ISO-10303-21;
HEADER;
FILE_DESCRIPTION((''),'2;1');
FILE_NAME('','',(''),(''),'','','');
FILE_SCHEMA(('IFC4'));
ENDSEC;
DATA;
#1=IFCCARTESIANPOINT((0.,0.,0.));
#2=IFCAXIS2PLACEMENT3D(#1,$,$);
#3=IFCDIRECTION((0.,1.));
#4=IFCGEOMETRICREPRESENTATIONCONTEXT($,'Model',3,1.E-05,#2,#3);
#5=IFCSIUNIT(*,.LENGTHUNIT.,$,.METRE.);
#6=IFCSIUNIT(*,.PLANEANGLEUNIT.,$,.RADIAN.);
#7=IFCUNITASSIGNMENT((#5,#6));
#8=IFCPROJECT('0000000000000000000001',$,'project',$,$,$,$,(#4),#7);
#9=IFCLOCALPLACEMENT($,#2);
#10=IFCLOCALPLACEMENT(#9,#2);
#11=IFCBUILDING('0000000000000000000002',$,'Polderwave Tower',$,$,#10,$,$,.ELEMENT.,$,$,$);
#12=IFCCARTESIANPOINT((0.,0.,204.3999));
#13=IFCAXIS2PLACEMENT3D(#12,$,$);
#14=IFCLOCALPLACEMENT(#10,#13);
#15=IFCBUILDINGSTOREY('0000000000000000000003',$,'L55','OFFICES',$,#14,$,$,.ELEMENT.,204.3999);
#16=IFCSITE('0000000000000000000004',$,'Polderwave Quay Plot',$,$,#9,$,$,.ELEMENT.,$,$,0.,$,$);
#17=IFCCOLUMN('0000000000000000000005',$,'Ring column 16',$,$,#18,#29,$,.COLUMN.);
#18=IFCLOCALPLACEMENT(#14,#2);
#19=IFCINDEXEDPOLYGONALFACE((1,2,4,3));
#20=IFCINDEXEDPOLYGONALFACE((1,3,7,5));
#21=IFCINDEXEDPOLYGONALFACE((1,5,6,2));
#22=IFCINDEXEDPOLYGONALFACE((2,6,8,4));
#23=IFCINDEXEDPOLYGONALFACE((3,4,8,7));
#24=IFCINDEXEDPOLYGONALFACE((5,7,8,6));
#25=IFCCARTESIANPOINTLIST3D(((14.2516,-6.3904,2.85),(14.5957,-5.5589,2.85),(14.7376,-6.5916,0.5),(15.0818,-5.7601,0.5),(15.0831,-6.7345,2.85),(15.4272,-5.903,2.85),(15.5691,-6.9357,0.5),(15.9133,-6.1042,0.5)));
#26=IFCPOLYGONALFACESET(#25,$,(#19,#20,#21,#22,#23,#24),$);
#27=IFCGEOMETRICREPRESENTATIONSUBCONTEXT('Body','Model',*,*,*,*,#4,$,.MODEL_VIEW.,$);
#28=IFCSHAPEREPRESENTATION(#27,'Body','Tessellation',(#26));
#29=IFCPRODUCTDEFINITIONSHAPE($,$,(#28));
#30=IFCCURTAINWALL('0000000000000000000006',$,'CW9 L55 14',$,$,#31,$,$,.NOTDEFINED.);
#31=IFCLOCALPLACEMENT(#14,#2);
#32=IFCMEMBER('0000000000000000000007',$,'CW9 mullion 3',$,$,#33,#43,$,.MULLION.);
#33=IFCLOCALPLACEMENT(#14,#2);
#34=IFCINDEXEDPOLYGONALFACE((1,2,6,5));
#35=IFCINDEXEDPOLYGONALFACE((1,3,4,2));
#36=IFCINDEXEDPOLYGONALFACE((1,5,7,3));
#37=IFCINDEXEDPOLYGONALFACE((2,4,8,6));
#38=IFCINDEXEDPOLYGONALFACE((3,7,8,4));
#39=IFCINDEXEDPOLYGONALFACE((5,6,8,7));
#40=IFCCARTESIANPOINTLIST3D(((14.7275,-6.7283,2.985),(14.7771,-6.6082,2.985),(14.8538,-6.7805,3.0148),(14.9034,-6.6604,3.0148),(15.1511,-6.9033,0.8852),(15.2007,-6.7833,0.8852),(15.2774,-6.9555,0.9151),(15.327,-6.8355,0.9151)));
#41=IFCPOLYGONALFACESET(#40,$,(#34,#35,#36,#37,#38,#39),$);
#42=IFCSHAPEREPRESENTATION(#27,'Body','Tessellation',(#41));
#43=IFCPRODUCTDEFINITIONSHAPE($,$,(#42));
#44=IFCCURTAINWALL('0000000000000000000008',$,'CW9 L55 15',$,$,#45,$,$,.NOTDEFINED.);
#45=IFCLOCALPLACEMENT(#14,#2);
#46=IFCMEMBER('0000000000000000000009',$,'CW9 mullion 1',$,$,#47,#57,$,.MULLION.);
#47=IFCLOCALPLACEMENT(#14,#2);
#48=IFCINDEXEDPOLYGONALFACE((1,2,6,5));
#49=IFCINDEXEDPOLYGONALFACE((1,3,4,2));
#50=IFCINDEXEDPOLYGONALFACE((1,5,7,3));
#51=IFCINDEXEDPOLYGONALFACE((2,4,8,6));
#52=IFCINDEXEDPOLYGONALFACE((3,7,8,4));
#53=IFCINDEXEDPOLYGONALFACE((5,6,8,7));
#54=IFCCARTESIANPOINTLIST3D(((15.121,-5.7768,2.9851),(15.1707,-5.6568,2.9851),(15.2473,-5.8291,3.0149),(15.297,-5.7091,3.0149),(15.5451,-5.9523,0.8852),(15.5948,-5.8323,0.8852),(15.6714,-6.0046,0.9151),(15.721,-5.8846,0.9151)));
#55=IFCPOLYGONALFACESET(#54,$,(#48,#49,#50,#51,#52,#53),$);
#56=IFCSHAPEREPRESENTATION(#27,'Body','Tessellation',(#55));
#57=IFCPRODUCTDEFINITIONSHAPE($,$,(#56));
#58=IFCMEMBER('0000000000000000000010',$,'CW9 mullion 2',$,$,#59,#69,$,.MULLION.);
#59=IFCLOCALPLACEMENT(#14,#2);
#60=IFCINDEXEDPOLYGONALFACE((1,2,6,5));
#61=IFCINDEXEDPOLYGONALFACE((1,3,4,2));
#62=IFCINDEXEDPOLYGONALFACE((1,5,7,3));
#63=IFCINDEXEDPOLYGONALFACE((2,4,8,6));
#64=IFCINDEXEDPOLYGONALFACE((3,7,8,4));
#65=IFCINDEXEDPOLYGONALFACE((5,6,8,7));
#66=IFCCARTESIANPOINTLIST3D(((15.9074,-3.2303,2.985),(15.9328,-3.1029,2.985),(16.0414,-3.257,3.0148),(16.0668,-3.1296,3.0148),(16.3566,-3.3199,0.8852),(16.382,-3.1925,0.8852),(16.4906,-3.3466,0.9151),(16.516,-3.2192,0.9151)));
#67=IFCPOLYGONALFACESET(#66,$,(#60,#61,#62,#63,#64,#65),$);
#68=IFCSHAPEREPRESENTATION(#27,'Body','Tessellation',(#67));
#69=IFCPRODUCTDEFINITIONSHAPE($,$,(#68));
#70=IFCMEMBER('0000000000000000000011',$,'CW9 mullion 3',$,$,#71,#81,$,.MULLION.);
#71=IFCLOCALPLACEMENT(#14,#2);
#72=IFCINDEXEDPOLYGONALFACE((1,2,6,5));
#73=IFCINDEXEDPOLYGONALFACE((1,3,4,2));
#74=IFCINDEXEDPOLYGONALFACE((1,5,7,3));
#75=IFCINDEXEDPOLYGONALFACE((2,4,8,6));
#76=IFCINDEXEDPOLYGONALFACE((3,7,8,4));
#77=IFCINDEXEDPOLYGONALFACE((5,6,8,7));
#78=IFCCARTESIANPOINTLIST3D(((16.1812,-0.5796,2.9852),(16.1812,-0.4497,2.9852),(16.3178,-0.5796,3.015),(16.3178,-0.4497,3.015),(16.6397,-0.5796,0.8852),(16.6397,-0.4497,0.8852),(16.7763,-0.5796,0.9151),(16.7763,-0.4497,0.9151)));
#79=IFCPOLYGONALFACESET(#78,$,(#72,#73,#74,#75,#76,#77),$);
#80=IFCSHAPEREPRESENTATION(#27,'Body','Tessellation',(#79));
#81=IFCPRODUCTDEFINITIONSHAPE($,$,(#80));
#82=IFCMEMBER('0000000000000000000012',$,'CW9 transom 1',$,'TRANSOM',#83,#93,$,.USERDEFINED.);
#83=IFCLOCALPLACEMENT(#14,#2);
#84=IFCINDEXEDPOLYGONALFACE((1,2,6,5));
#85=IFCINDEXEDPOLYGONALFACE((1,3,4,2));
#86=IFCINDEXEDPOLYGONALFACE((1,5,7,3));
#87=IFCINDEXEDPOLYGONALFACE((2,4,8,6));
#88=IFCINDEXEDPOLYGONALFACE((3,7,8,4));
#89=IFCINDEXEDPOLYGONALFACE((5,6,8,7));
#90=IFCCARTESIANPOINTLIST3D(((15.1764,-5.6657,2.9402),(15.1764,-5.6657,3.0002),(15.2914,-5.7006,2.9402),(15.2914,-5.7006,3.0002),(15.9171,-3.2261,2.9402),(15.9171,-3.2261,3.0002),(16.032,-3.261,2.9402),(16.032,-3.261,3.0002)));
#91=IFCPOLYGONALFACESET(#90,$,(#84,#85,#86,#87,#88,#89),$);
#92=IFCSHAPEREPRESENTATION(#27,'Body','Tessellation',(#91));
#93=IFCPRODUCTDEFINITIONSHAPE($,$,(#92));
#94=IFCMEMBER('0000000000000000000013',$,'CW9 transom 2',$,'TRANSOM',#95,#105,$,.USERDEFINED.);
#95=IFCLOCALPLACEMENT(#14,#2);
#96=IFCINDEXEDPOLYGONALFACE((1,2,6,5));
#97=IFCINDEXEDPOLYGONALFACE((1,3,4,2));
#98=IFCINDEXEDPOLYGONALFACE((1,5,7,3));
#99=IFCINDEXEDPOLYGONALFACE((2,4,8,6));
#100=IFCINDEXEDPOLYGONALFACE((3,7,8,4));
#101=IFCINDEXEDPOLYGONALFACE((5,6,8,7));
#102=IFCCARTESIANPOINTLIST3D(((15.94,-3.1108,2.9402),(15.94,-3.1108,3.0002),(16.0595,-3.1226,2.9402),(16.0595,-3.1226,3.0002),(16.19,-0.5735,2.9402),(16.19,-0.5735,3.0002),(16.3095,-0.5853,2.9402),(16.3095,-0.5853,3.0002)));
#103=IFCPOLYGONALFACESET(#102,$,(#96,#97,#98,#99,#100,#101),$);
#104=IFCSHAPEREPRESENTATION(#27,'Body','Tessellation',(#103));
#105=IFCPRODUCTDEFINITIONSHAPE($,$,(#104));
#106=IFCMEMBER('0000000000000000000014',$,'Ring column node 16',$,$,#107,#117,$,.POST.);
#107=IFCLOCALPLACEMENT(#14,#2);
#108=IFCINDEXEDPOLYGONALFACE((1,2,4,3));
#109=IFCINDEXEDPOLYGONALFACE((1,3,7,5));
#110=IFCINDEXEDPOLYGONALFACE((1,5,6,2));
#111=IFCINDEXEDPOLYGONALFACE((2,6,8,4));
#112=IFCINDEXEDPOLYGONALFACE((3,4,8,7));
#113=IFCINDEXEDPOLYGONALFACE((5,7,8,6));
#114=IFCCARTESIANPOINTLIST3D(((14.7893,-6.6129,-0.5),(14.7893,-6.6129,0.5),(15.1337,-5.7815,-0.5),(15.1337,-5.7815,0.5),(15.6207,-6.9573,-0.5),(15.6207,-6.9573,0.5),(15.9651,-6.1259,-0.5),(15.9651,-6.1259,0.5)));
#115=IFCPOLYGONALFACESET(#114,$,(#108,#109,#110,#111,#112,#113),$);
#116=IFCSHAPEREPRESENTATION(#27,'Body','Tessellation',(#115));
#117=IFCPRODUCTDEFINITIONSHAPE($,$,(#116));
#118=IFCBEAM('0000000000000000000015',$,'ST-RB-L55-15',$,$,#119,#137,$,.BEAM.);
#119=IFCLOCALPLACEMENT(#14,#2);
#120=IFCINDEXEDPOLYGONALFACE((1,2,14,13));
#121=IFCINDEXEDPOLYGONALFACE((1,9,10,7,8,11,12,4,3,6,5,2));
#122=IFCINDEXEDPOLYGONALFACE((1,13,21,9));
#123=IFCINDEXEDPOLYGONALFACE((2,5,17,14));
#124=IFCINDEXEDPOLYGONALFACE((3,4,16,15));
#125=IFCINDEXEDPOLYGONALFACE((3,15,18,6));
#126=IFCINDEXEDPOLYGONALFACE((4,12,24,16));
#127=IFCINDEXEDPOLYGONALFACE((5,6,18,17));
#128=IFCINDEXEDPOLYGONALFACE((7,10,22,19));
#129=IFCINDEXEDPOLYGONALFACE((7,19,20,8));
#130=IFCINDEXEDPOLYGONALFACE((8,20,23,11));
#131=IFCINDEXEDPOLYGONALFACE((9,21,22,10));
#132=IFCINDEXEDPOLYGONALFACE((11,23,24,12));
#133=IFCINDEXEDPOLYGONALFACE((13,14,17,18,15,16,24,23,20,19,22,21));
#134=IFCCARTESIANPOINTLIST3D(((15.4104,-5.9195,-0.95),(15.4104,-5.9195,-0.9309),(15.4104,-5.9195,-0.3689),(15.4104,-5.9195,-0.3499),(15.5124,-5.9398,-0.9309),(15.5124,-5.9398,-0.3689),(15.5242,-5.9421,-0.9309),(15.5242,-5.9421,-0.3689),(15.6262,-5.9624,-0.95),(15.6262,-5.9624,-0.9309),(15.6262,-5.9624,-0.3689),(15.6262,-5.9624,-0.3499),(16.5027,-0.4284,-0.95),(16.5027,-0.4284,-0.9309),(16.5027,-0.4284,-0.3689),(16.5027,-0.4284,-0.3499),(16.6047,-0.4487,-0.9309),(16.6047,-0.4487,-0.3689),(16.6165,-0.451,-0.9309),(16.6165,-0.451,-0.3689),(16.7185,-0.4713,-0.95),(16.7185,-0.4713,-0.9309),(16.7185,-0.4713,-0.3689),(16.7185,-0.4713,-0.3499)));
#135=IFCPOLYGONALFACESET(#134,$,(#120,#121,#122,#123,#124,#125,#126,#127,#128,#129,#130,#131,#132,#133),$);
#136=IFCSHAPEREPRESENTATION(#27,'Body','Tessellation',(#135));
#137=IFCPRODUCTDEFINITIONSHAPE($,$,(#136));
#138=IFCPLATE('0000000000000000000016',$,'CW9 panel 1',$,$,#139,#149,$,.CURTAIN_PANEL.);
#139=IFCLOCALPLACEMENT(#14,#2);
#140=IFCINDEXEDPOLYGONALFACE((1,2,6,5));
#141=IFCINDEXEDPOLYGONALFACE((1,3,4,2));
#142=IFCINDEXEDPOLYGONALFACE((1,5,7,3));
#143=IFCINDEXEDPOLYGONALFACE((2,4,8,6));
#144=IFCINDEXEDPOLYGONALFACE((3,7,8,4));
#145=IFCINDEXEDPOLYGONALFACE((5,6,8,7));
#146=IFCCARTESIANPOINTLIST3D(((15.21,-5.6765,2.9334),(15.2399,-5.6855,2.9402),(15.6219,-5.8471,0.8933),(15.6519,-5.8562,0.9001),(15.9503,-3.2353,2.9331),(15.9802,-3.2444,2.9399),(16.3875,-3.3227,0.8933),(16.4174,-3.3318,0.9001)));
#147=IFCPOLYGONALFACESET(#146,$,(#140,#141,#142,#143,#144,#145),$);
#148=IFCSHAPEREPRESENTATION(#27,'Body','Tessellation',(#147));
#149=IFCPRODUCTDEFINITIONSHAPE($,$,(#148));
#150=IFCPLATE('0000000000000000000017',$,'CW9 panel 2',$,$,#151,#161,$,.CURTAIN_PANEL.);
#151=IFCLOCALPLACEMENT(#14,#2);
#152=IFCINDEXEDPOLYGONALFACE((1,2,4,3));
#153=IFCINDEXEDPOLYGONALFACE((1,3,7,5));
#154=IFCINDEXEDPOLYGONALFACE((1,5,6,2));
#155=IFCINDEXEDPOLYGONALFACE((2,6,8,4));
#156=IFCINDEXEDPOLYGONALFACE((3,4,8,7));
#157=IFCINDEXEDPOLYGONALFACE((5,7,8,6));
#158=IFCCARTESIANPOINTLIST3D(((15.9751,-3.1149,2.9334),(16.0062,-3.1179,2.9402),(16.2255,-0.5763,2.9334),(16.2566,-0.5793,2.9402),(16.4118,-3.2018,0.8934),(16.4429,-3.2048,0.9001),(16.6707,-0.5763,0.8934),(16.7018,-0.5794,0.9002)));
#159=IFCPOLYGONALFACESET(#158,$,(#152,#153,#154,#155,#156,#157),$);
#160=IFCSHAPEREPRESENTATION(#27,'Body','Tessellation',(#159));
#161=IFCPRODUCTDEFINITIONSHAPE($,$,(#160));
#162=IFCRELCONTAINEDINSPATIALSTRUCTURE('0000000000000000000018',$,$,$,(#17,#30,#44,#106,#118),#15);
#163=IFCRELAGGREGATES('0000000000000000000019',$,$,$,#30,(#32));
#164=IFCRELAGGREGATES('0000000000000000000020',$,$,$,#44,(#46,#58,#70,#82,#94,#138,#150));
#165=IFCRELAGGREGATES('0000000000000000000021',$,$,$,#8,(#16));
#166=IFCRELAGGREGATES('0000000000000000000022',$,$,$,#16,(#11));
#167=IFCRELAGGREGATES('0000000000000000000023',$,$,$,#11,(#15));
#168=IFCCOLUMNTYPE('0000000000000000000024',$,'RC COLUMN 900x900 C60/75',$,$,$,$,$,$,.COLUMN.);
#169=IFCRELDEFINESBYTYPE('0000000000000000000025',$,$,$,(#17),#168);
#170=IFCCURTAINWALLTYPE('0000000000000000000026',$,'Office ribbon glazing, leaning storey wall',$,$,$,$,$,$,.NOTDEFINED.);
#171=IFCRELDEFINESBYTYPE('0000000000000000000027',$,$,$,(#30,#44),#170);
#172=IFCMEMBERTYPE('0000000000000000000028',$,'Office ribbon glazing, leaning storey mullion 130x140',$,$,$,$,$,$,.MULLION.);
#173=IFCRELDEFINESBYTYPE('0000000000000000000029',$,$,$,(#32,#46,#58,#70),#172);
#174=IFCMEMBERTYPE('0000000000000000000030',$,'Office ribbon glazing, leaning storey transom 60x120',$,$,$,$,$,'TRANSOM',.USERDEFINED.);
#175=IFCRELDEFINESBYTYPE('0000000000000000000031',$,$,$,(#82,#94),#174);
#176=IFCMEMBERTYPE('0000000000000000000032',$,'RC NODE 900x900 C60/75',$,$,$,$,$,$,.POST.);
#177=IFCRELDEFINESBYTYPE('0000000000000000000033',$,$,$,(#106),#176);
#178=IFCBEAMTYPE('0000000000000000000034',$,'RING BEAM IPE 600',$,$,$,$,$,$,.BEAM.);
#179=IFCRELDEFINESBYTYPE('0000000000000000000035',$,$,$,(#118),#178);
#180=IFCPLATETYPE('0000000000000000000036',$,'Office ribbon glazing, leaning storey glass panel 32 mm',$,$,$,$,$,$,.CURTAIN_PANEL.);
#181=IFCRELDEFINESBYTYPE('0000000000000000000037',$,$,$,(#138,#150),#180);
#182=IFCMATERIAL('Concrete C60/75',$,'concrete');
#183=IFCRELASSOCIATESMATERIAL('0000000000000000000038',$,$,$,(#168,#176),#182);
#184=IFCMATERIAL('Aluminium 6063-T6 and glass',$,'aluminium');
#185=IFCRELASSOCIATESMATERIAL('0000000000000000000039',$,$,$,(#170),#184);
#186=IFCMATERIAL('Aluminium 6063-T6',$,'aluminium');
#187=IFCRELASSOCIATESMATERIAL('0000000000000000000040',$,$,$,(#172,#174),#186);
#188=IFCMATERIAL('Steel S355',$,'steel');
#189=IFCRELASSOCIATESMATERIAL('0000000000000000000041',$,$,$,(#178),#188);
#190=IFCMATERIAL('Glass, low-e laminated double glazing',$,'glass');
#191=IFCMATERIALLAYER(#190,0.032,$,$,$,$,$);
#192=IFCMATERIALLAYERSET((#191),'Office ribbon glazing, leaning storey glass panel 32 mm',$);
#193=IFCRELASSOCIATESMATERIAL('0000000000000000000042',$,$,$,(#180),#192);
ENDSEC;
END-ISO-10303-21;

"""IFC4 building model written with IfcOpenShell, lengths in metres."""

from ifc_helpers import new_model, si_unit, direction, frame, origin, origin_2d, place, context, subcontext, project, spatial, polyline, rectangle, i_section, outline, extrude, material, layer, layer_set, material_profile, profile_set, type_object, element, aggregate, save


model = new_model("IFC4")

# Units and contexts
model_context = context("Model", 3, precision=1e-05, world=origin(), true_north=direction((0.0, 1.0)))
body_context = subcontext(model_context, "Body", "Model", "MODEL_VIEW")
ifc_project = project(units=[si_unit("LENGTHUNIT", "METRE"), si_unit("PLANEANGLEUNIT", "RADIAN")], contexts=[model_context])

# Site, building, storey
site_placement = place(None, origin())
site = spatial("IfcSite", under=ifc_project, at=site_placement, Name="Polderwave Quay Plot", CompositionType="ELEMENT", RefElevation=0.0)
building_placement = place(site_placement, origin())
building = spatial("IfcBuilding", under=site, at=building_placement, Name="Polderwave Tower", CompositionType="ELEMENT")
storey_placement = place(building_placement, frame((0.0, 0.0, 204.3999)))
storey = spatial("IfcBuildingStorey", under=building, at=storey_placement, Name="L55", Description="OFFICES", CompositionType="ELEMENT", Elevation=204.3999)

# Column
ifc_material_1 = material(Name="Concrete C60/75", Category="concrete")
ifc_material_profile_1 = material_profile(ifc_material_1, rectangle(XDim=0.8999, YDim=0.8999, at=origin_2d()), Name="RC 900x900")
ifc_profile_set_1 = profile_set([ifc_material_profile_1], Name="Concrete C60/75")
column_type = type_object("IfcColumnType", Name="RC COLUMN 900x900 C60/75", PredefinedType="COLUMN", material=ifc_profile_set_1)
column_placement = place(storey_placement, frame((15.3254, -6.3479, 0.5), z_axis=(0.0, 0.0, 1.0), x_axis=(-0.382406, -0.923994, 0.0)))
element("IfcColumn", 1, at=column_placement, inside=storey, type_object=column_type, Name="Ring column 16", PredefinedType="COLUMN", context=body_context, shape_type="SweptSolid", body=[
    extrude(rectangle(XDim=0.8999, YDim=0.8999, at=origin_2d()), origin(), (0.0, -0.218443, 0.97585), 2.4082),
])

# Curtain wall, member
ifc_material_2 = material(Name="Aluminium 6063-T6 and glass", Category="aluminium")
curtain_wall_type = type_object("IfcCurtainWallType", Name="Office ribbon glazing, leaning storey wall", PredefinedType="NOTDEFINED", material=ifc_material_2)
curtain_wall_1_placement = place(storey_placement, origin())
curtain_wall_1 = element("IfcCurtainWall", 2, at=curtain_wall_1_placement, inside=storey, type_object=curtain_wall_type, Name="CW9 L55 14", PredefinedType="NOTDEFINED")
ifc_material_3 = material(Name="Aluminium 6063-T6", Category="aluminium")
ifc_material_profile_2 = material_profile(ifc_material_3, rectangle(XDim=0.1299, YDim=0.1399, at=origin_2d()), Name="AL 130x140")
ifc_profile_set_2 = profile_set([ifc_material_profile_2], Name="Aluminium 6063-T6")
member_type_1 = type_object("IfcMemberType", Name="Office ribbon glazing, leaning storey mullion 130x140", PredefinedType="MULLION", material=ifc_profile_set_2)
member_1_placement = place(storey_placement, frame((15.239, -6.8694, 0.9001), z_axis=(-0.197081, 0.081445, 0.976998), x_axis=(-0.381928, -0.924192, 0.0)))
member_1 = element("IfcMember", 3, at=member_1_placement, type_object=member_type_1, Name="CW9 mullion 3", PredefinedType="MULLION", context=body_context, shape_type="SweptSolid", body=[
    extrude(rectangle(XDim=0.1299, YDim=0.1399, at=origin_2d()), origin(), (0.0, 0.0, 1.0), 2.1492),
])
aggregate(curtain_wall_1, [member_1])

# Curtain wall, members
curtain_wall_2_placement = place(storey_placement, origin())
curtain_wall_2 = element("IfcCurtainWall", 4, at=curtain_wall_2_placement, inside=storey, type_object=curtain_wall_type, Name="CW9 L55 15", PredefinedType="NOTDEFINED")
member_2_placement = place(storey_placement, frame((15.6331, -5.9185, 0.9001), z_axis=(-0.197296, 0.081667, 0.976937), x_axis=(-0.382461, -0.923971, 0.0)))
member_2 = element("IfcMember", 5, at=member_2_placement, type_object=member_type_1, Name="CW9 mullion 1", PredefinedType="MULLION", context=body_context, shape_type="SweptSolid", body=[
    extrude(rectangle(XDim=0.1299, YDim=0.1399, at=origin_2d()), origin(), (0.0, 0.0, 1.0), 2.1494),
])
member_3_placement = place(storey_placement, frame((16.4363, -3.2695, 0.9001), z_axis=(-0.209013, 0.041689, 0.977024), x_axis=(-0.195604, -0.980683, 0.0)))
member_3 = element("IfcMember", 6, at=member_3_placement, type_object=member_type_1, Name="CW9 mullion 2", PredefinedType="MULLION", context=body_context, shape_type="SweptSolid", body=[
    extrude(rectangle(XDim=0.1299, YDim=0.1399, at=origin_2d()), origin(), (0.0, 0.0, 1.0), 2.1492),
])
member_4_placement = place(storey_placement, frame((16.708, -0.5146, 0.9001), z_axis=(-0.213321, 0.0, 0.976982), x_axis=(0.0, -1.0, 0.0)))
member_4 = element("IfcMember", 7, at=member_4_placement, type_object=member_type_1, Name="CW9 mullion 3", PredefinedType="MULLION", context=body_context, shape_type="SweptSolid", body=[
    extrude(rectangle(XDim=0.1299, YDim=0.1399, at=origin_2d()), origin(), (0.0, 0.0, 1.0), 2.1494),
])
ifc_material_profile_3 = material_profile(ifc_material_3, rectangle(XDim=0.1201, YDim=0.0601, at=origin_2d()), Name="AL 60x120")
ifc_profile_set_3 = profile_set([ifc_material_profile_3], Name="Aluminium 6063-T6")
member_type_2 = type_object("IfcMemberType", Name="Office ribbon glazing, leaning storey transom 60x120", ElementType="TRANSOM", PredefinedType="USERDEFINED", material=ifc_profile_set_3)
member_5_placement = place(storey_placement, frame((15.2339, -5.6831, 2.9702), z_axis=(0.290518, 0.95687, 0.0), x_axis=(-0.95687, 0.290518, 0.0)))
member_5 = element("IfcMember", 8, at=member_5_placement, type_object=member_type_2, Name="CW9 transom 1", ObjectType="TRANSOM", PredefinedType="USERDEFINED", context=body_context, shape_type="SweptSolid", body=[
    extrude(rectangle(XDim=0.1201, YDim=0.0601, at=origin_2d()), origin(), (0.0, 0.0, 1.0), 2.5496),
])
member_6_placement = place(storey_placement, frame((15.9998, -3.1167, 2.9702), z_axis=(0.098053, 0.995181, 0.0), x_axis=(-0.995181, 0.098053, 0.0)))
member_6 = element("IfcMember", 9, at=member_6_placement, type_object=member_type_2, Name="CW9 transom 2", ObjectType="TRANSOM", PredefinedType="USERDEFINED", context=body_context, shape_type="SweptSolid", body=[
    extrude(rectangle(XDim=0.1201, YDim=0.0601, at=origin_2d()), origin(), (0.0, 0.0, 1.0), 2.5496),
])

# Member
ifc_material_profile_4 = material_profile(ifc_material_1, rectangle(XDim=0.8999, YDim=0.8999, at=origin_2d()), Name="RC 900x900")
ifc_profile_set_4 = profile_set([ifc_material_profile_4], Name="Concrete C60/75")
member_type_3 = type_object("IfcMemberType", Name="RC NODE 900x900 C60/75", PredefinedType="POST", material=ifc_profile_set_4)
member_7_placement = place(storey_placement, frame((15.3772, -6.3694, -0.5), z_axis=(0.0, 0.0, 1.0), x_axis=(0.92388, -0.382683, 0.0)))
element("IfcMember", 10, at=member_7_placement, inside=storey, type_object=member_type_3, Name="Ring column node 16", PredefinedType="POST", context=body_context, shape_type="SweptSolid", body=[
    extrude(rectangle(XDim=0.8999, YDim=0.8999, at=origin_2d()), origin(), (0.0, 0.0, 1.0), 1.0),
])

# Beam
ifc_material_4 = material(Name="Steel S355", Category="steel")
ifc_material_profile_5 = material_profile(ifc_material_4, i_section(OverallWidth=0.22, OverallDepth=0.6001, WebThickness=0.012, FlangeThickness=0.019, at=origin_2d()), Name="IPE 600")
ifc_profile_set_5 = profile_set([ifc_material_profile_5], Name="Steel S355")
beam_type = type_object("IfcBeamType", Name="RING BEAM IPE 600", PredefinedType="BEAM", material=ifc_profile_set_5)
beam_placement = place(storey_placement, frame((15.5183, -5.9409, -0.6499), z_axis=(0.195101, 0.980783, 0.0), x_axis=(-0.980783, 0.195101, 0.0)))
element("IfcBeam", 11, at=beam_placement, inside=storey, type_object=beam_type, Name="ST-RB-L55-15", PredefinedType="BEAM", context=body_context, shape_type="SweptSolid", body=[
    extrude(i_section(OverallWidth=0.22, OverallDepth=0.6001, WebThickness=0.012, FlangeThickness=0.019, at=origin_2d()), origin(), (0.0, 0.0, 1.0), 5.5986),
])

# Plates
ifc_material_5 = material(Name="Glass, low-e laminated double glazing", Category="glass")
ifc_layer_1 = layer(ifc_material_5, 0.032)
ifc_layer_set_1 = layer_set([ifc_layer_1], Name="Office ribbon glazing, leaning storey glass panel 32 mm")
plate_type = type_object("IfcPlateType", Name="Office ribbon glazing, leaning storey glass panel 32 mm", PredefinedType="CURTAIN_PANEL", material=ifc_layer_set_1)
plate_1_placement = place(storey_placement, frame((15.6519, -5.8562, 0.9001), z_axis=(0.935099, -0.283567, 0.212555), x_axis=(0.2902, 0.956966, -0.000008)))
plate_1 = element("IfcPlate", 12, at=plate_1_placement, type_object=plate_type, Name="CW9 panel 1", PredefinedType="CURTAIN_PANEL", context=body_context, shape_type="SweptSolid", body=[
    extrude(outline(polyline([(0.0, 0.0), (2.638, 0.0), (2.5947, 2.0875), (0.0438, 2.0877), (0.0, 0.0)])), origin(), (0.0, 0.0, -1.0), 0.032),
])
plate_2_placement = place(storey_placement, frame((16.4429, -3.2048, 0.9001), z_axis=(0.972502, -0.095908, 0.212232), x_axis=(0.098141, 0.995173, 0.000011)))
plate_2 = element("IfcPlate", 13, at=plate_2_placement, type_object=plate_type, Name="CW9 panel 2", PredefinedType="CURTAIN_PANEL", context=body_context, shape_type="SweptSolid", body=[
    extrude(outline(polyline([(0.0, 0.0), (2.6382, 0.0), (2.5946, 2.0876), (0.0437, 2.0876), (0.0, 0.0)])), origin(), (0.0, 0.0, -1.0), 0.032),
])
aggregate(curtain_wall_2, [member_2, member_3, member_4, member_5, member_6, plate_1, plate_2])

save(model, "model.ifc")
